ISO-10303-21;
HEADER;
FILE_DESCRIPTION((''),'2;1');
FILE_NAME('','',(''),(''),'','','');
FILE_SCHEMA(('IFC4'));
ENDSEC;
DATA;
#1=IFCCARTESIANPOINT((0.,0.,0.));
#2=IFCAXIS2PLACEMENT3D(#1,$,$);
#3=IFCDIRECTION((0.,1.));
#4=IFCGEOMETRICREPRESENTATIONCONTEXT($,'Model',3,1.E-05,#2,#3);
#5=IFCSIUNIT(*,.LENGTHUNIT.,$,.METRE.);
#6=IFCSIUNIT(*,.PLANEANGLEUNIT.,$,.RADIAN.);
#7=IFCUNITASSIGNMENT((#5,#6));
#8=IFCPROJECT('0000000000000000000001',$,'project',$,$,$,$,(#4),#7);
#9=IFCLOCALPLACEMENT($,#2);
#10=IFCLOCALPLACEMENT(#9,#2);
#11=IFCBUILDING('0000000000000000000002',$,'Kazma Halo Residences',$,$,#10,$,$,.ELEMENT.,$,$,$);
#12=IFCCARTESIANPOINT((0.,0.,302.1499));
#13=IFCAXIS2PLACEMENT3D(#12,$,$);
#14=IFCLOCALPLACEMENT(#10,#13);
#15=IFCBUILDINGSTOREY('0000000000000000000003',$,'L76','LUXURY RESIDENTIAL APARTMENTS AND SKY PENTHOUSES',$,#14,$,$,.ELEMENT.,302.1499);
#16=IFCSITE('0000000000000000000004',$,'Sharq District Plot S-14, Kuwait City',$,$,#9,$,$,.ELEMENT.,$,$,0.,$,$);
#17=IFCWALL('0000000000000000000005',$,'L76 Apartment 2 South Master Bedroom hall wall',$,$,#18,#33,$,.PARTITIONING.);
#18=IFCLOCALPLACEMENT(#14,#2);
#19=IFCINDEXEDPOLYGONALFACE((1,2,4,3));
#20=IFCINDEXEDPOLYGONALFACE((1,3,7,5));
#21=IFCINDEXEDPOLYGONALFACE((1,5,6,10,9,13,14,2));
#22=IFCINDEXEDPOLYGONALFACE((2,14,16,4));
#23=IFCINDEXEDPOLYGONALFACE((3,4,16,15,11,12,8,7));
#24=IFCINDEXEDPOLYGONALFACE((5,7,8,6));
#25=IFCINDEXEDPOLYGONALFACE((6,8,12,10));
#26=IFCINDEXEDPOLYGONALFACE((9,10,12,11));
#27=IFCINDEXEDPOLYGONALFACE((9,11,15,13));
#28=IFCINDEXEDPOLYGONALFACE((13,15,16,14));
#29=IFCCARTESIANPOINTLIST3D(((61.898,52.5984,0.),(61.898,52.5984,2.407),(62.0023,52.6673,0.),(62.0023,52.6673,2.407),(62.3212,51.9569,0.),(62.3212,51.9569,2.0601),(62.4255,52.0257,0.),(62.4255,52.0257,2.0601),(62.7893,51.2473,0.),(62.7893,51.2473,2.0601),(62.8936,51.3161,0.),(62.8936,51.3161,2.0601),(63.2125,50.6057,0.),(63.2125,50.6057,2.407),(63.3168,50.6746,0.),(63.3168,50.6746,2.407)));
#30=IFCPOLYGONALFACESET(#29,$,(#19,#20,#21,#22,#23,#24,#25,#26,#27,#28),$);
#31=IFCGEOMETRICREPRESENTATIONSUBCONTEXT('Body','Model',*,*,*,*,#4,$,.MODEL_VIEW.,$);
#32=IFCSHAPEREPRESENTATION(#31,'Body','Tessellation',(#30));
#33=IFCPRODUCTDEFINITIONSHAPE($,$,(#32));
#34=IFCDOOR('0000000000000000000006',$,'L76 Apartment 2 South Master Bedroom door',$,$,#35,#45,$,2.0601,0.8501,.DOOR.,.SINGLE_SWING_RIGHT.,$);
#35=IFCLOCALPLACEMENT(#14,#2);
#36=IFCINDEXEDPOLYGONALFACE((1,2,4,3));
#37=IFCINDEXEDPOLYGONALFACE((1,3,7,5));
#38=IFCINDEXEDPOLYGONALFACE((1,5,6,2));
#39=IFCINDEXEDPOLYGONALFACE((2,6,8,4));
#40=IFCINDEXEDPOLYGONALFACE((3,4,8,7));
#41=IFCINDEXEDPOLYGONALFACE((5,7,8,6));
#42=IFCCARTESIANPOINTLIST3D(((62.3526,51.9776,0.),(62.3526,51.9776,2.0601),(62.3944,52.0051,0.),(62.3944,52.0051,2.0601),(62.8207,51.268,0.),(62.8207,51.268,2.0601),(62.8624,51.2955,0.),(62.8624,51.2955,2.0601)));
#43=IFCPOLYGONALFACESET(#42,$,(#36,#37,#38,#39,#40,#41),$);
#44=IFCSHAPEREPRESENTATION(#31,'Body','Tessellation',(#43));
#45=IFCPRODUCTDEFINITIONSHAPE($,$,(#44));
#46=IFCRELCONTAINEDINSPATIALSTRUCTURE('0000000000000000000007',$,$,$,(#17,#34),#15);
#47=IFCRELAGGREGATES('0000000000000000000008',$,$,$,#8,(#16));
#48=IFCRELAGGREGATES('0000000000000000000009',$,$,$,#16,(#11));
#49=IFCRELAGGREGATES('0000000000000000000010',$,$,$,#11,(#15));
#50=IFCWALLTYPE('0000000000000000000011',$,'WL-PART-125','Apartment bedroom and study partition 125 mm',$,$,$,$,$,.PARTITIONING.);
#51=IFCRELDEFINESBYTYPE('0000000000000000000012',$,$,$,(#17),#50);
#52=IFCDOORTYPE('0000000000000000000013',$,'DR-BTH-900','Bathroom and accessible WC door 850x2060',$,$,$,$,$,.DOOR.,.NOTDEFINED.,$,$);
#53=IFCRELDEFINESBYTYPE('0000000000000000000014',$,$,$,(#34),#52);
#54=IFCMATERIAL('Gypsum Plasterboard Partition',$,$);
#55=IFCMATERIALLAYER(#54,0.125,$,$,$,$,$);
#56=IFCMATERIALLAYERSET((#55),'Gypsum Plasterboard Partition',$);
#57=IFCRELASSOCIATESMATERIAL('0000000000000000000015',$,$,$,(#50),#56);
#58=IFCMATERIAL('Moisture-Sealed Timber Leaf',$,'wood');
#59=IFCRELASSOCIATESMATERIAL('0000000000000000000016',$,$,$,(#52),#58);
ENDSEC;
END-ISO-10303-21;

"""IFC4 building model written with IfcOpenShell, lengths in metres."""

from ifc_helpers import new_model, si_unit, direction, frame, frame_2d, origin, place, context, subcontext, project, spatial, rectangle, extrude, material, layer, layer_set, type_object, element, fill, save


model = new_model("IFC4")

# Units and contexts
model_context = context("Model", 3, precision=1e-05, world=origin(), true_north=direction((0.0, 1.0)))
body_context = subcontext(model_context, "Body", "Model", "MODEL_VIEW")
ifc_project = project(units=[si_unit("LENGTHUNIT", "METRE"), si_unit("PLANEANGLEUNIT", "RADIAN")], contexts=[model_context])

# Site, building, storey
site_placement = place(None, origin())
site = spatial("IfcSite", under=ifc_project, at=site_placement, Name="Sharq District Plot S-14, Kuwait City", CompositionType="ELEMENT", RefElevation=0.0)
building_placement = place(site_placement, origin())
building = spatial("IfcBuilding", under=site, at=building_placement, Name="Kazma Halo Residences", CompositionType="ELEMENT")
storey_placement = place(building_placement, frame((0.0, 0.0, 302.1499)))
storey = spatial("IfcBuildingStorey", under=building, at=storey_placement, Name="L76", Description="LUXURY RESIDENTIAL APARTMENTS AND SKY PENTHOUSES", CompositionType="ELEMENT", Elevation=302.1499)

# Shared definitions
ifc_material_1 = material(Name="Gypsum Plasterboard Partition")
ifc_layer_1 = layer(ifc_material_1, 0.125)
ifc_layer_set_1 = layer_set([ifc_layer_1], Name="Gypsum Plasterboard Partition")
wall_type_1 = type_object("IfcWallType", Name="WL-PART-125", Description="Apartment bedroom and study partition 125 mm", PredefinedType="PARTITIONING", material=ifc_layer_set_1)

# Shared definitions
ifc_material_2 = material(Name="Moisture-Sealed Timber Leaf", Category="wood")
door_type = type_object("IfcDoorType", Name="DR-BTH-900", Description="Bathroom and accessible WC door 850x2060", OperationType="NOTDEFINED", PredefinedType="DOOR", material=ifc_material_2)

# Wall, opening, door
wall_1_placement = place(storey_placement, frame((63.2646, 50.6401, 0.0), z_axis=(0.0, 0.0, 1.0), x_axis=(-0.550634, 0.834747, 0.0)))
wall_1 = element("IfcWall", 1, at=wall_1_placement, inside=storey, type_object=wall_type_1, Name="L76 Apartment 2 South Master Bedroom hall wall", PredefinedType="PARTITIONING", context=body_context, shape_type="SweptSolid", body=[
    extrude(rectangle(XDim=2.3872, YDim=0.125, at=frame_2d((1.1936, 0.0))), origin(), (0.0, 0.0, 1.0), 2.407),
])
opening_1_placement = place(wall_1_placement, frame((0.7686, 0.0, 0.0)))
opening_1 = element("IfcOpeningElement", 2, at=opening_1_placement, cuts=wall_1, PredefinedType="OPENING", context=body_context, shape_type="SweptSolid", body=[
    extrude(rectangle(XDim=0.8501, YDim=2.0601, at=frame_2d((0.425, 1.03))), frame((0.0, 0.0725, 0.0), z_axis=(0.0, -1.0, 0.0), x_axis=(1.0, 0.0, 0.0)), (0.0, 0.0, 1.0), 0.145),
])
door_1_placement = place(opening_1_placement, origin())
door_1 = element("IfcDoor", 3, at=door_1_placement, inside=storey, type_object=door_type, Name="L76 Apartment 2 South Master Bedroom door", OperationType="SINGLE_SWING_RIGHT", OverallHeight=2.0601, OverallWidth=0.8501, PredefinedType="DOOR", context=body_context, shape_type="SweptSolid", body=[
    extrude(rectangle(XDim=0.8501, YDim=2.0601, at=frame_2d((0.425, 1.03))), frame((0.0, 0.0249, 0.0), z_axis=(0.0, -1.0, 0.0), x_axis=(1.0, 0.0, 0.0)), (0.0, 0.0, 1.0), 0.05),
])
fill(opening_1, door_1)

save(model, "model.ifc")
